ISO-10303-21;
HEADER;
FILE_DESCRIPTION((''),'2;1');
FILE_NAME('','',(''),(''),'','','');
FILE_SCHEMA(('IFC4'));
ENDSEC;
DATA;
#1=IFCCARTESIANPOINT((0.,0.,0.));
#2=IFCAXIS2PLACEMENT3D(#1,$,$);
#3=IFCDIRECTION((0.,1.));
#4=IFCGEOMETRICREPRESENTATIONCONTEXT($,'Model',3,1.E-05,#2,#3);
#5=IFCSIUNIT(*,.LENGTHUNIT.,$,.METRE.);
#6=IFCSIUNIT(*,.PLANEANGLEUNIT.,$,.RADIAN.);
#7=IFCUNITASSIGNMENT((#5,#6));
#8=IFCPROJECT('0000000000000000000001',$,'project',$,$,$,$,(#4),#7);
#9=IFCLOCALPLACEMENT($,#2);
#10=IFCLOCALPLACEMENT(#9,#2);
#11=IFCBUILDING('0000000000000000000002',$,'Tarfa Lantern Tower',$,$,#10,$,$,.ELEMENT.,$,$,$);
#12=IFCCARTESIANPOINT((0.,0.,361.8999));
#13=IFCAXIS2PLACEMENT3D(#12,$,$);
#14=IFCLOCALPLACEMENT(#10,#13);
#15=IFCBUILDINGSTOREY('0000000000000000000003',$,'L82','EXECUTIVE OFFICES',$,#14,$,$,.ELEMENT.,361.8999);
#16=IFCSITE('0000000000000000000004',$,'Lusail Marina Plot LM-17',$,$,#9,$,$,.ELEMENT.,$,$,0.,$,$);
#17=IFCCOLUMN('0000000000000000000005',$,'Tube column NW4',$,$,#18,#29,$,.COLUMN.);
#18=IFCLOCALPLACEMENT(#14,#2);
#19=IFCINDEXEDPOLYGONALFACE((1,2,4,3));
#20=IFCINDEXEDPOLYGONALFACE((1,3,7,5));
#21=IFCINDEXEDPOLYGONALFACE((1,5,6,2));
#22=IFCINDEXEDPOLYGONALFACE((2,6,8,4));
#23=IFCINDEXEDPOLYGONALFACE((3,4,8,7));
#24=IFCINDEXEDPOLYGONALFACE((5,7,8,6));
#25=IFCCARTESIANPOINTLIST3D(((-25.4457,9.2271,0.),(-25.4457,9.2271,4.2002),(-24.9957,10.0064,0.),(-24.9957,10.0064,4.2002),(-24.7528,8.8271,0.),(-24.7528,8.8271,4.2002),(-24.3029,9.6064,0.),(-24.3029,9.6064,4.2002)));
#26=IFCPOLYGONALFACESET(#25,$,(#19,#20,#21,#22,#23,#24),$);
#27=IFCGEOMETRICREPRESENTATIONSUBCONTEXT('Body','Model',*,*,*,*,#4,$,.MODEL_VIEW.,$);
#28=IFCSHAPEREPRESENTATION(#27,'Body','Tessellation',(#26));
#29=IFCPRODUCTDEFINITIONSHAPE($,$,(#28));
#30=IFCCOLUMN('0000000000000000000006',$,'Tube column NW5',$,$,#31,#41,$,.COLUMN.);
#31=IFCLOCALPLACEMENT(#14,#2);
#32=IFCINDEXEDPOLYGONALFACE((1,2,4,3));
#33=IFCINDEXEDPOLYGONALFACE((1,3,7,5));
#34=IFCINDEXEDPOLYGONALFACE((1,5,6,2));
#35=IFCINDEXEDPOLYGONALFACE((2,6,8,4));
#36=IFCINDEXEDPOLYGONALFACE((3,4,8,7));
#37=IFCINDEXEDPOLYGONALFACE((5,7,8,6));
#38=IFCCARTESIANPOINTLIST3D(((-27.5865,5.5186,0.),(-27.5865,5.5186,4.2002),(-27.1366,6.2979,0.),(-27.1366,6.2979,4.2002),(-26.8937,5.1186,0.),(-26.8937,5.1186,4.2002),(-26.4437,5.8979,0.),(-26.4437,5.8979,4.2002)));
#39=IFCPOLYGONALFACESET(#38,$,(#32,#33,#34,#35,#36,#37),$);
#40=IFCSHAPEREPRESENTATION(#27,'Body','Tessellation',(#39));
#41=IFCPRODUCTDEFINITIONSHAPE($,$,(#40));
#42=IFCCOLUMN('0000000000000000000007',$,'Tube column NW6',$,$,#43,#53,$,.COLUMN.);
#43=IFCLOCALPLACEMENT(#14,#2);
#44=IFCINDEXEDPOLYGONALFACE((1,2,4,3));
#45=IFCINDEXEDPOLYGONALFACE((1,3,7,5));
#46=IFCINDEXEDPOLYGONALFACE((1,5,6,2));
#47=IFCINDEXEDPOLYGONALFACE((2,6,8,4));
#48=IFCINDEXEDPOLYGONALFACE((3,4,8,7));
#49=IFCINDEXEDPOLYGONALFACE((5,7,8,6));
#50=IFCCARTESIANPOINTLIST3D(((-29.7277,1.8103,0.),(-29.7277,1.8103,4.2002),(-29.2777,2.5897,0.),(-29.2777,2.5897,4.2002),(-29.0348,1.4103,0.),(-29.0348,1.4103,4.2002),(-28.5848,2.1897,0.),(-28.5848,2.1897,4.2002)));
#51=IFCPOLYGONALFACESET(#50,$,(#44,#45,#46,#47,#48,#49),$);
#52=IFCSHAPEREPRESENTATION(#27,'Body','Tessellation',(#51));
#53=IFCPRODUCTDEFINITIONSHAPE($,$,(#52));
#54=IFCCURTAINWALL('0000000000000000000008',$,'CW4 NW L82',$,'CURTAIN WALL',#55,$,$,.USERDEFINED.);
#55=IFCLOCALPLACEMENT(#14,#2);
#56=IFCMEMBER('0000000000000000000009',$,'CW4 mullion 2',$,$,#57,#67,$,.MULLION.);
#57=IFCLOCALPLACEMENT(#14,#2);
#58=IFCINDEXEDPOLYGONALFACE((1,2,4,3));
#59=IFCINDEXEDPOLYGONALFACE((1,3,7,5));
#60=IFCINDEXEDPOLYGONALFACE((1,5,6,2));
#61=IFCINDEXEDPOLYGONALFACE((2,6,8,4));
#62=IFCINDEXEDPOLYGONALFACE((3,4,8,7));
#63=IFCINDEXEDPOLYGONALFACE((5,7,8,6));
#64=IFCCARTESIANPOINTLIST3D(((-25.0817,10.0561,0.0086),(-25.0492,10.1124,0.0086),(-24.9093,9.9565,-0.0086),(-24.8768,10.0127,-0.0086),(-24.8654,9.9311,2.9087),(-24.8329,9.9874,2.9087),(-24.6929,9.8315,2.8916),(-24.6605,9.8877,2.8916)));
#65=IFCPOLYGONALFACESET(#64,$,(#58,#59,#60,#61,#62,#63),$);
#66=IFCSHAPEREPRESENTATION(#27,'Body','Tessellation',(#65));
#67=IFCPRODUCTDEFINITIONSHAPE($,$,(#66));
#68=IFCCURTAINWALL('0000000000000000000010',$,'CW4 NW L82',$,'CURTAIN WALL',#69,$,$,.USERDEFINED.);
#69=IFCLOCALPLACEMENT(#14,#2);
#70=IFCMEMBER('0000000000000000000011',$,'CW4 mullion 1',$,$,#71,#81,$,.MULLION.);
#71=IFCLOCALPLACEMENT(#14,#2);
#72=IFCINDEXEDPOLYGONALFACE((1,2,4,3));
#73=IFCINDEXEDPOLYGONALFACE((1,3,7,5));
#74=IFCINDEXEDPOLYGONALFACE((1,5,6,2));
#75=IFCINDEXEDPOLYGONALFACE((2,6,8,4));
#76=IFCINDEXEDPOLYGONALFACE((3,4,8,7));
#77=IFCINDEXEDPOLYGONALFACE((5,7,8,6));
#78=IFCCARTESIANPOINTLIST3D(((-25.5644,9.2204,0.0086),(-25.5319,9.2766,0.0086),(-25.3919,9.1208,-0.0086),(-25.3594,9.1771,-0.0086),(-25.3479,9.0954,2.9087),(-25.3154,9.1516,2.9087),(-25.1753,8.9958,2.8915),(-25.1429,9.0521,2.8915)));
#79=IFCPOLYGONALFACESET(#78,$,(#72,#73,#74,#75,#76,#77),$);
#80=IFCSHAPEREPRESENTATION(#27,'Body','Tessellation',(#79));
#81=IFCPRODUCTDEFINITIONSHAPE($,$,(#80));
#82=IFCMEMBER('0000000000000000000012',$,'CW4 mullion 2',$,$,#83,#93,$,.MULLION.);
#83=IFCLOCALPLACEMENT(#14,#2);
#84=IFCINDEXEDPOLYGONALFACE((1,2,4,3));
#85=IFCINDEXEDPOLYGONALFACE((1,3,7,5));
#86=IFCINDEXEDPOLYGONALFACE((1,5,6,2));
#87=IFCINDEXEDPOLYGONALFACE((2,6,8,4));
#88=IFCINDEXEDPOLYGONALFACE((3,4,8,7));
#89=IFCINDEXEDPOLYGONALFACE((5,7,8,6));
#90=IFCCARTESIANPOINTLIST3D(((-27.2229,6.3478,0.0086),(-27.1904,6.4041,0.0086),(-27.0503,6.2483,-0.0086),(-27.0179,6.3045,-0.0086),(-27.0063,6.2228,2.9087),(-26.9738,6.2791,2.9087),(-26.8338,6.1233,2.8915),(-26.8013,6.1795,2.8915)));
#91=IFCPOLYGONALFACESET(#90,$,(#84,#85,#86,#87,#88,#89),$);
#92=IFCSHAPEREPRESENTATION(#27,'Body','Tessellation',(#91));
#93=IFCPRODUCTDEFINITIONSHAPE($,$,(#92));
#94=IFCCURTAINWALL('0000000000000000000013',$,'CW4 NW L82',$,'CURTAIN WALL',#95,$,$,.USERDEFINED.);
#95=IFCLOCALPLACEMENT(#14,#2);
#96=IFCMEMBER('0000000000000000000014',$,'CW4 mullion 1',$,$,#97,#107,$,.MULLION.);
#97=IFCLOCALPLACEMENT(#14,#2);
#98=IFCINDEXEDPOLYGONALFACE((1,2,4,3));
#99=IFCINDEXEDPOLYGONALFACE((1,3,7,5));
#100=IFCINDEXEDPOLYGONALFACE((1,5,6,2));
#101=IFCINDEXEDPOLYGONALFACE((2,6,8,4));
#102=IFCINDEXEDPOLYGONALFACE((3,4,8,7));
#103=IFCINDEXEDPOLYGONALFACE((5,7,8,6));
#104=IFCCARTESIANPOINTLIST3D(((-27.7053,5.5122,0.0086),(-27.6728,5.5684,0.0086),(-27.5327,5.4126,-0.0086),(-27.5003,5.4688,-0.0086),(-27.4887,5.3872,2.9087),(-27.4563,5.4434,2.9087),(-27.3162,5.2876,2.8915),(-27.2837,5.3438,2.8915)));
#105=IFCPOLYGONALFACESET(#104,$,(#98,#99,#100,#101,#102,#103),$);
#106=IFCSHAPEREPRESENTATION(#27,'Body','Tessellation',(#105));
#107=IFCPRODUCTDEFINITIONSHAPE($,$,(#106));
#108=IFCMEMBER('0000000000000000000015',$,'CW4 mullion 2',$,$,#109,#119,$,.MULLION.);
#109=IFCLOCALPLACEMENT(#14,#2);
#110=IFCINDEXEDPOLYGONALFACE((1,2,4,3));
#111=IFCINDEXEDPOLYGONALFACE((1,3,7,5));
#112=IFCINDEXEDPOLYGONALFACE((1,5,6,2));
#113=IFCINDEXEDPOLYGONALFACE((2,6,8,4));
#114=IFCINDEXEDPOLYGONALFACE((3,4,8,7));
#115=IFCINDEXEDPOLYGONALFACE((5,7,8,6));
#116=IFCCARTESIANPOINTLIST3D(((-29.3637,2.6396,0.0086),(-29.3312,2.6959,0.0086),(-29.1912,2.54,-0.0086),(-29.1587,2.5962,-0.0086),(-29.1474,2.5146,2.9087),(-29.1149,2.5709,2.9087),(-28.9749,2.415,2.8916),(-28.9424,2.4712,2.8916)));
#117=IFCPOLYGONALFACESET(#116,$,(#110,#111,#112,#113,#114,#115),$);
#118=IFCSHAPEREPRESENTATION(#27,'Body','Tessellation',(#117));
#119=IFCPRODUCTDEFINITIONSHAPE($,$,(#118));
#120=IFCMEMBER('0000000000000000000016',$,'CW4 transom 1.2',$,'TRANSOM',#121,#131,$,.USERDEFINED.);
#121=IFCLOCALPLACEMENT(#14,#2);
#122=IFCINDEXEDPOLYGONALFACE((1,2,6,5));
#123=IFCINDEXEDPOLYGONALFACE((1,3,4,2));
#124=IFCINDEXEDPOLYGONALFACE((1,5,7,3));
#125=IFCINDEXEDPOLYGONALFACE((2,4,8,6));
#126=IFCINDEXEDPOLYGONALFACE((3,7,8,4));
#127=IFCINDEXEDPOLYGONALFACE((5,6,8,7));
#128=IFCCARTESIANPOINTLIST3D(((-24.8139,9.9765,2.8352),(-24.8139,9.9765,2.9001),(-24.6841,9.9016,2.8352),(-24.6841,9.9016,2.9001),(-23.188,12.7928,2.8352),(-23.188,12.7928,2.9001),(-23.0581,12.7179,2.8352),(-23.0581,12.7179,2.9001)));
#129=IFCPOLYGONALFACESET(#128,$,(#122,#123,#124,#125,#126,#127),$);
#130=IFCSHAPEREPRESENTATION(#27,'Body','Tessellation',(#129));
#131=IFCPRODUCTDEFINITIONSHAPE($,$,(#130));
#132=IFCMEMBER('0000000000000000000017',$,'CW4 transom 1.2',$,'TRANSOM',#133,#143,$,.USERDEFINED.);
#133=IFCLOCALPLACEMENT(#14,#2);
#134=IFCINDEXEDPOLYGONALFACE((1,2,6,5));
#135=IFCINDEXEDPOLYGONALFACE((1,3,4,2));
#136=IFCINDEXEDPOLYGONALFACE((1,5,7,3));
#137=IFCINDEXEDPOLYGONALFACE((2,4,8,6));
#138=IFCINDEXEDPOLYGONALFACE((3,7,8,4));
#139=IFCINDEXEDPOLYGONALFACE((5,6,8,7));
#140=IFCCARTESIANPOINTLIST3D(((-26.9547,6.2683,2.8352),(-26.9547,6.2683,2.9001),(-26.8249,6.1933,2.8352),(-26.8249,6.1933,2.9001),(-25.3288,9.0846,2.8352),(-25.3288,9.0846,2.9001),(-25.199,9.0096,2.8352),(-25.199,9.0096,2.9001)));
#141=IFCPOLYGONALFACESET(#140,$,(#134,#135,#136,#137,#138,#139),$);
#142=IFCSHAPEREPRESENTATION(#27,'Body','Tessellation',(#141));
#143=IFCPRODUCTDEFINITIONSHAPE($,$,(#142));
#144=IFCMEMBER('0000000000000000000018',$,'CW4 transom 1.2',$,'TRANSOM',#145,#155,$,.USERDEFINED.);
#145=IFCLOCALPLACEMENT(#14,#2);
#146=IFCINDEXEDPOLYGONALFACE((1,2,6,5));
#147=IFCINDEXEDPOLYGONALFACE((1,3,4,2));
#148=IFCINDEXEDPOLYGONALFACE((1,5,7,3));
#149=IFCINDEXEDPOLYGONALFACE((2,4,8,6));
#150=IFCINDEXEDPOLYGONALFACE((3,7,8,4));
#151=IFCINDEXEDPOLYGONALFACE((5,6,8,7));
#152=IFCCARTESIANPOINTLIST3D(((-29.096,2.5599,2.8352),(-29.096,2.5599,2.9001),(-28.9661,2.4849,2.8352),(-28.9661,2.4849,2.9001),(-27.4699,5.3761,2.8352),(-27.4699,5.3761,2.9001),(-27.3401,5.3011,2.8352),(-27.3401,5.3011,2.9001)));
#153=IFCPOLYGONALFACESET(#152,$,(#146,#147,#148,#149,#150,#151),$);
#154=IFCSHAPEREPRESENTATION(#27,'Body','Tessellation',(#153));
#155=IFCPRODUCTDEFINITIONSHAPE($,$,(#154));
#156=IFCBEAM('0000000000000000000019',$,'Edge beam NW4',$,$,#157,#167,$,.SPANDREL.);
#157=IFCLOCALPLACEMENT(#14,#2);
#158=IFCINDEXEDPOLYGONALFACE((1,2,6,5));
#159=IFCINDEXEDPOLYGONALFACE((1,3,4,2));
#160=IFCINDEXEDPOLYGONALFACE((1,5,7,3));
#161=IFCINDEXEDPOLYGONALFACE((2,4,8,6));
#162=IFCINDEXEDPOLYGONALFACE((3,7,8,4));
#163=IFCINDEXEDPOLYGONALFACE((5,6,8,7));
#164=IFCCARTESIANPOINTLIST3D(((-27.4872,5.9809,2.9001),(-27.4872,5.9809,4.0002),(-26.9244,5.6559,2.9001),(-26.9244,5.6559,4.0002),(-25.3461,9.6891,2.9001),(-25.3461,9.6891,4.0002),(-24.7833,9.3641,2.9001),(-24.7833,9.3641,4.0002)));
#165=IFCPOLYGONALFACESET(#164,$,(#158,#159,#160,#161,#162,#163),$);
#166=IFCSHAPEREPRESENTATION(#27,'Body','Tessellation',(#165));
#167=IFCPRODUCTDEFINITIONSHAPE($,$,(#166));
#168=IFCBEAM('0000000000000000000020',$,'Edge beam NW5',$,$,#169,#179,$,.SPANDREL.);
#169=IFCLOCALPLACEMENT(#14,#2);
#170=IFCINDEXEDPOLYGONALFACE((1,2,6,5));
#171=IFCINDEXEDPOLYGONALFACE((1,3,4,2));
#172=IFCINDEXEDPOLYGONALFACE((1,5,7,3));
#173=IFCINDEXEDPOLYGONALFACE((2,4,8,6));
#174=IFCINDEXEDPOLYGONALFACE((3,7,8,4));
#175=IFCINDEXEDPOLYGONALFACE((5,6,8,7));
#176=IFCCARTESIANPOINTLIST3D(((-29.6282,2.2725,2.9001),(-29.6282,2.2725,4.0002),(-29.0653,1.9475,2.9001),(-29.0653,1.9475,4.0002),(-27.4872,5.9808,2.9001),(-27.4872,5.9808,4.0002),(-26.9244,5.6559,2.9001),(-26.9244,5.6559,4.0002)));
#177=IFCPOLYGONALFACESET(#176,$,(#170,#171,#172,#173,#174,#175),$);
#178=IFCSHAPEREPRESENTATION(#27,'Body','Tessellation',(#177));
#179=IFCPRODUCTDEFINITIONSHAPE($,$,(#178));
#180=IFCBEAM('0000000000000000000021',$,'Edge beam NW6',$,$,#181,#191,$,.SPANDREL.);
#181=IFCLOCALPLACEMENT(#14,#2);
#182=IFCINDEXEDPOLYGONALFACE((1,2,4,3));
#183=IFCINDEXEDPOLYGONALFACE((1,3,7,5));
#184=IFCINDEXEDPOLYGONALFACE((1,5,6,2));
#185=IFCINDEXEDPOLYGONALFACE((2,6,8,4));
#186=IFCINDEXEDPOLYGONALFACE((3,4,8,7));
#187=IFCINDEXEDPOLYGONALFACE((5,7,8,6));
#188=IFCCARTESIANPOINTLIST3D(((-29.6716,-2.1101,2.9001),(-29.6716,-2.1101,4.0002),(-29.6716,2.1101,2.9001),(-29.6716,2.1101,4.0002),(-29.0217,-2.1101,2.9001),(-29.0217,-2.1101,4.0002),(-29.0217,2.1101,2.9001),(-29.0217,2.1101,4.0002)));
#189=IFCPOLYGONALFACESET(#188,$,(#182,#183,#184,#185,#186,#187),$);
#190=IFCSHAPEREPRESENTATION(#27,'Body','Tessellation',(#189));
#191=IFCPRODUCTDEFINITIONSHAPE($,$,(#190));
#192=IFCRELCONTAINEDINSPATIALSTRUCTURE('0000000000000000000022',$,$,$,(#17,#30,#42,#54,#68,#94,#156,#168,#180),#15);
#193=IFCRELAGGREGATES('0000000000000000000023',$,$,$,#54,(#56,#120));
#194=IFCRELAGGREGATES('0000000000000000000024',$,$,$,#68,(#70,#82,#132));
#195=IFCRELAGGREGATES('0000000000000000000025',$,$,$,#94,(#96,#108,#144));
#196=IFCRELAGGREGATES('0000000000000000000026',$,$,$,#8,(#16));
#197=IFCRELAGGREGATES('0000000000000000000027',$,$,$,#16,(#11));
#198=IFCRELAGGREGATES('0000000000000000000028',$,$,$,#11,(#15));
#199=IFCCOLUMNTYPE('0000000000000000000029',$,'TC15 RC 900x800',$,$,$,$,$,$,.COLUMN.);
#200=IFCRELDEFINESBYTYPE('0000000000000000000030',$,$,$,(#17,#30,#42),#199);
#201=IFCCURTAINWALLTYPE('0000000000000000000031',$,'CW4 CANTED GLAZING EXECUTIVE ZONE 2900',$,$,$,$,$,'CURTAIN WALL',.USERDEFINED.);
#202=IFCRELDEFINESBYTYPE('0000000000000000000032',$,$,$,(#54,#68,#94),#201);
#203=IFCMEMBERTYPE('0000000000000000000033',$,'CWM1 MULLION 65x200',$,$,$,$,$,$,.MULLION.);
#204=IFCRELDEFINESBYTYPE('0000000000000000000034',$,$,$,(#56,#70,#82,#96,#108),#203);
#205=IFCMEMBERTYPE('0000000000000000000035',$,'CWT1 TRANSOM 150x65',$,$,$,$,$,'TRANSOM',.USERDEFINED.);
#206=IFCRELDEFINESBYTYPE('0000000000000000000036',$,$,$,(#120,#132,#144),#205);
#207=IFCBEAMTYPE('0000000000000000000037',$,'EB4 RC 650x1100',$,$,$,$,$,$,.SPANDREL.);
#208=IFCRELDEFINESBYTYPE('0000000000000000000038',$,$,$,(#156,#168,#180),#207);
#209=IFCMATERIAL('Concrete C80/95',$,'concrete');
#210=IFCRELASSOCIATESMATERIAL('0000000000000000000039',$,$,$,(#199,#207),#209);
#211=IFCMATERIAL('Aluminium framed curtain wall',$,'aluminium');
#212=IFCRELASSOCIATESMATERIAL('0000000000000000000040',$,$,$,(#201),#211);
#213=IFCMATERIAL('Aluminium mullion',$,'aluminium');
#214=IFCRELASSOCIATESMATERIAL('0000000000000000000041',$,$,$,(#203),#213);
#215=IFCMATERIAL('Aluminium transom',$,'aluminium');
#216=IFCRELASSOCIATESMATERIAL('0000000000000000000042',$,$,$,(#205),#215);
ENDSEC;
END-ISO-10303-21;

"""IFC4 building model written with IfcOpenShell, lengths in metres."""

from ifc_helpers import new_model, si_unit, direction, frame, origin, origin_2d, place, context, subcontext, project, spatial, rectangle, extrude, material, material_profile, profile_set, type_object, element, aggregate, save


model = new_model("IFC4")

# Units and contexts
model_context = context("Model", 3, precision=1e-05, world=origin(), true_north=direction((0.0, 1.0)))
body_context = subcontext(model_context, "Body", "Model", "MODEL_VIEW")
ifc_project = project(units=[si_unit("LENGTHUNIT", "METRE"), si_unit("PLANEANGLEUNIT", "RADIAN")], contexts=[model_context])

# Site, building, storey
site_placement = place(None, origin())
site = spatial("IfcSite", under=ifc_project, at=site_placement, Name="Lusail Marina Plot LM-17", CompositionType="ELEMENT", RefElevation=0.0)
building_placement = place(site_placement, origin())
building = spatial("IfcBuilding", under=site, at=building_placement, Name="Tarfa Lantern Tower", CompositionType="ELEMENT")
storey_placement = place(building_placement, frame((0.0, 0.0, 361.8999)))
storey = spatial("IfcBuildingStorey", under=building, at=storey_placement, Name="L82", Description="EXECUTIVE OFFICES", CompositionType="ELEMENT", Elevation=361.8999)

# Columns
ifc_material_1 = material(Name="Concrete C80/95", Category="concrete")
ifc_material_profile_1 = material_profile(ifc_material_1, rectangle(XDim=0.8999, YDim=0.8, at=origin_2d()), Name="RC 900x800")
ifc_profile_set_1 = profile_set([ifc_material_profile_1], Name="Concrete C80/95")
column_type = type_object("IfcColumnType", Name="TC15 RC 900x800", PredefinedType="COLUMN", material=ifc_profile_set_1)
for number, where, z_axis, x_axis, name in (
    (1, (-24.8743, 9.4167, 0.0), (0.0, 0.0, 1.0), (-0.5, -0.866025, 0.0), "Tube column NW4"),
    (2, (-27.0151, 5.7083, 0.0), (0.0, 0.0, 1.0), (-0.5, -0.866025, 0.0), "Tube column NW5"),
    (3, (-29.1562, 2.0, 0.0), (0.0, 0.0, 1.0), (-0.5, -0.866025, 0.0), "Tube column NW6"),
):
    element("IfcColumn", number, at=place(storey_placement, frame(where, z_axis=z_axis, x_axis=x_axis)), inside=storey, type_object=column_type, Name=name, PredefinedType="COLUMN", context=body_context, shape_type="SweptSolid", body=[
        extrude(rectangle(XDim=0.8999, YDim=0.8, at=origin_2d()), origin(), (0.0, 0.0, 1.0), 4.2002),
    ])

# Curtain wall, member
ifc_material_2 = material(Name="Aluminium framed curtain wall", Category="aluminium")
curtain_wall_type = type_object("IfcCurtainWallType", Name="CW4 CANTED GLAZING EXECUTIVE ZONE 2900", ElementType="CURTAIN WALL", PredefinedType="USERDEFINED", material=ifc_material_2)
curtain_wall_1_placement = place(storey_placement, origin())
curtain_wall_1 = element("IfcCurtainWall", 4, at=curtain_wall_1_placement, inside=storey, type_object=curtain_wall_type, Name="CW4 NW L82", ObjectType="CURTAIN WALL", PredefinedType="USERDEFINED")
ifc_material_3 = material(Name="Aluminium mullion", Category="aluminium")
ifc_material_profile_2 = material_profile(ifc_material_3, rectangle(XDim=0.0649, YDim=0.2, at=origin_2d()), Name="AL MULLION 65x200")
ifc_profile_set_2 = profile_set([ifc_material_profile_2], Name="Aluminium mullion")
member_type_1 = type_object("IfcMemberType", Name="CWM1 MULLION 65x200", PredefinedType="MULLION", material=ifc_profile_set_2)
member_1_placement = place(storey_placement, frame((-24.9792, 10.0344, 0.0), z_axis=(0.07431, -0.042942, 0.99631), x_axis=(0.500343, 0.865827, 0.0)))
member_1 = element("IfcMember", 5, at=member_1_placement, type_object=member_type_1, Name="CW4 mullion 2", PredefinedType="MULLION", context=body_context, shape_type="SweptSolid", body=[
    extrude(rectangle(XDim=0.0649, YDim=0.2, at=origin_2d()), origin(), (0.0, 0.0, 1.0), 2.9109),
])

# Curtain walls, members
curtain_wall_2_placement = place(storey_placement, origin())
curtain_wall_2 = element("IfcCurtainWall", 6, at=curtain_wall_2_placement, inside=storey, type_object=curtain_wall_type, Name="CW4 NW L82", ObjectType="CURTAIN WALL", PredefinedType="USERDEFINED")
member_2_placement = place(storey_placement, frame((-25.4619, 9.1987, 0.0), z_axis=(0.074394, -0.042942, 0.996304), x_axis=(0.49992, 0.866072, 0.0)))
member_2 = element("IfcMember", 7, at=member_2_placement, type_object=member_type_1, Name="CW4 mullion 1", PredefinedType="MULLION", context=body_context, shape_type="SweptSolid", body=[
    extrude(rectangle(XDim=0.0649, YDim=0.2, at=origin_2d()), origin(), (0.0, 0.0, 1.0), 2.9109),
])
member_3_placement = place(storey_placement, frame((-27.1204, 6.3262, 0.0), z_axis=(0.074394, -0.042942, 0.996304), x_axis=(0.49992, 0.866072, 0.0)))
member_3 = element("IfcMember", 8, at=member_3_placement, type_object=member_type_1, Name="CW4 mullion 2", PredefinedType="MULLION", context=body_context, shape_type="SweptSolid", body=[
    extrude(rectangle(XDim=0.0649, YDim=0.2, at=origin_2d()), origin(), (0.0, 0.0, 1.0), 2.9109),
])
curtain_wall_3_placement = place(storey_placement, origin())
curtain_wall_3 = element("IfcCurtainWall", 9, at=curtain_wall_3_placement, inside=storey, type_object=curtain_wall_type, Name="CW4 NW L82", ObjectType="CURTAIN WALL", PredefinedType="USERDEFINED")
member_4_placement = place(storey_placement, frame((-27.6028, 5.4905, 0.0), z_axis=(0.074394, -0.042942, 0.996304), x_axis=(0.49992, 0.866072, 0.0)))
member_4 = element("IfcMember", 10, at=member_4_placement, type_object=member_type_1, Name="CW4 mullion 1", PredefinedType="MULLION", context=body_context, shape_type="SweptSolid", body=[
    extrude(rectangle(XDim=0.0649, YDim=0.2, at=origin_2d()), origin(), (0.0, 0.0, 1.0), 2.9109),
])
member_5_placement = place(storey_placement, frame((-29.2612, 2.6179, 0.0), z_axis=(0.07431, -0.042942, 0.99631), x_axis=(0.500343, 0.865827, 0.0)))
member_5 = element("IfcMember", 11, at=member_5_placement, type_object=member_type_1, Name="CW4 mullion 2", PredefinedType="MULLION", context=body_context, shape_type="SweptSolid", body=[
    extrude(rectangle(XDim=0.0649, YDim=0.2, at=origin_2d()), origin(), (0.0, 0.0, 1.0), 2.9109),
])

# Members
ifc_material_4 = material(Name="Aluminium transom", Category="aluminium")
ifc_material_profile_3 = material_profile(ifc_material_4, rectangle(XDim=0.1499, YDim=0.0649, at=origin_2d()), Name="AL TRANSOM 150x65")
ifc_profile_set_3 = profile_set([ifc_material_profile_3], Name="Aluminium transom")
member_type_2 = type_object("IfcMemberType", Name="CWT1 TRANSOM 150x65", ElementType="TRANSOM", PredefinedType="USERDEFINED", material=ifc_profile_set_3)
member_6_placement = place(storey_placement, frame((-23.123, 12.7554, 2.8677), z_axis=(-0.499982, -0.866036, 0.0), x_axis=(0.866036, -0.499982, 0.0)))
member_6 = element("IfcMember", 12, at=member_6_placement, type_object=member_type_2, Name="CW4 transom 1.2", ObjectType="TRANSOM", PredefinedType="USERDEFINED", context=body_context, shape_type="SweptSolid", body=[
    extrude(rectangle(XDim=0.1499, YDim=0.0649, at=origin_2d()), origin(), (0.0, 0.0, 1.0), 3.252),
])
member_7_placement = place(storey_placement, frame((-25.2639, 9.0471, 2.8677), z_axis=(-0.499982, -0.866036, 0.0), x_axis=(0.866036, -0.499982, 0.0)))
member_7 = element("IfcMember", 13, at=member_7_placement, type_object=member_type_2, Name="CW4 transom 1.2", ObjectType="TRANSOM", PredefinedType="USERDEFINED", context=body_context, shape_type="SweptSolid", body=[
    extrude(rectangle(XDim=0.1499, YDim=0.0649, at=origin_2d()), origin(), (0.0, 0.0, 1.0), 3.252),
])
member_8_placement = place(storey_placement, frame((-27.405, 5.3386, 2.8677), z_axis=(-0.500015, -0.866017, 0.0), x_axis=(0.866017, -0.500015, 0.0)))
member_8 = element("IfcMember", 14, at=member_8_placement, type_object=member_type_2, Name="CW4 transom 1.2", ObjectType="TRANSOM", PredefinedType="USERDEFINED", context=body_context, shape_type="SweptSolid", body=[
    extrude(rectangle(XDim=0.1499, YDim=0.0649, at=origin_2d()), origin(), (0.0, 0.0, 1.0), 3.252),
])

# Beams
ifc_material_profile_4 = material_profile(ifc_material_1, rectangle(XDim=0.6499, YDim=1.1001, at=origin_2d()), Name="RC 650x1100")
ifc_profile_set_4 = profile_set([ifc_material_profile_4], Name="Concrete C80/95")
beam_type_1 = type_object("IfcBeamType", Name="EB4 RC 650x1100", PredefinedType="SPANDREL", material=ifc_profile_set_4)
for number, where, z_axis, x_axis, name in (
    (15, (-25.0647, 9.5266, 3.4502), (-0.500027, -0.86601, 0.0), (0.86601, -0.500027, 0.0), "Edge beam NW4"),
    (16, (-27.2058, 5.8184, 3.4502), (-0.499984, -0.866035, 0.0), (0.866035, -0.499984, 0.0), "Edge beam NW5"),
):
    element("IfcBeam", number, at=place(storey_placement, frame(where, z_axis=z_axis, x_axis=x_axis)), inside=storey, type_object=beam_type_1, Name=name, PredefinedType="SPANDREL", context=body_context, shape_type="SweptSolid", body=[
        extrude(rectangle(XDim=0.6499, YDim=1.1001, at=origin_2d()), origin(), (0.0, 0.0, 1.0), 4.282),
    ])
beam_1_placement = place(storey_placement, frame((-29.3467, 2.1101, 3.4502), z_axis=(0.0, -1.0, 0.0), x_axis=(1.0, 0.0, 0.0)))
element("IfcBeam", 17, at=beam_1_placement, inside=storey, type_object=beam_type_1, Name="Edge beam NW6", PredefinedType="SPANDREL", context=body_context, shape_type="SweptSolid", body=[
    extrude(rectangle(XDim=0.6499, YDim=1.1001, at=origin_2d()), origin(), (0.0, 0.0, 1.0), 4.2202),
])

aggregate(curtain_wall_1, [member_1, member_6])
aggregate(curtain_wall_2, [member_2, member_3, member_7])
aggregate(curtain_wall_3, [member_4, member_5, member_8])

save(model, "model.ifc")
